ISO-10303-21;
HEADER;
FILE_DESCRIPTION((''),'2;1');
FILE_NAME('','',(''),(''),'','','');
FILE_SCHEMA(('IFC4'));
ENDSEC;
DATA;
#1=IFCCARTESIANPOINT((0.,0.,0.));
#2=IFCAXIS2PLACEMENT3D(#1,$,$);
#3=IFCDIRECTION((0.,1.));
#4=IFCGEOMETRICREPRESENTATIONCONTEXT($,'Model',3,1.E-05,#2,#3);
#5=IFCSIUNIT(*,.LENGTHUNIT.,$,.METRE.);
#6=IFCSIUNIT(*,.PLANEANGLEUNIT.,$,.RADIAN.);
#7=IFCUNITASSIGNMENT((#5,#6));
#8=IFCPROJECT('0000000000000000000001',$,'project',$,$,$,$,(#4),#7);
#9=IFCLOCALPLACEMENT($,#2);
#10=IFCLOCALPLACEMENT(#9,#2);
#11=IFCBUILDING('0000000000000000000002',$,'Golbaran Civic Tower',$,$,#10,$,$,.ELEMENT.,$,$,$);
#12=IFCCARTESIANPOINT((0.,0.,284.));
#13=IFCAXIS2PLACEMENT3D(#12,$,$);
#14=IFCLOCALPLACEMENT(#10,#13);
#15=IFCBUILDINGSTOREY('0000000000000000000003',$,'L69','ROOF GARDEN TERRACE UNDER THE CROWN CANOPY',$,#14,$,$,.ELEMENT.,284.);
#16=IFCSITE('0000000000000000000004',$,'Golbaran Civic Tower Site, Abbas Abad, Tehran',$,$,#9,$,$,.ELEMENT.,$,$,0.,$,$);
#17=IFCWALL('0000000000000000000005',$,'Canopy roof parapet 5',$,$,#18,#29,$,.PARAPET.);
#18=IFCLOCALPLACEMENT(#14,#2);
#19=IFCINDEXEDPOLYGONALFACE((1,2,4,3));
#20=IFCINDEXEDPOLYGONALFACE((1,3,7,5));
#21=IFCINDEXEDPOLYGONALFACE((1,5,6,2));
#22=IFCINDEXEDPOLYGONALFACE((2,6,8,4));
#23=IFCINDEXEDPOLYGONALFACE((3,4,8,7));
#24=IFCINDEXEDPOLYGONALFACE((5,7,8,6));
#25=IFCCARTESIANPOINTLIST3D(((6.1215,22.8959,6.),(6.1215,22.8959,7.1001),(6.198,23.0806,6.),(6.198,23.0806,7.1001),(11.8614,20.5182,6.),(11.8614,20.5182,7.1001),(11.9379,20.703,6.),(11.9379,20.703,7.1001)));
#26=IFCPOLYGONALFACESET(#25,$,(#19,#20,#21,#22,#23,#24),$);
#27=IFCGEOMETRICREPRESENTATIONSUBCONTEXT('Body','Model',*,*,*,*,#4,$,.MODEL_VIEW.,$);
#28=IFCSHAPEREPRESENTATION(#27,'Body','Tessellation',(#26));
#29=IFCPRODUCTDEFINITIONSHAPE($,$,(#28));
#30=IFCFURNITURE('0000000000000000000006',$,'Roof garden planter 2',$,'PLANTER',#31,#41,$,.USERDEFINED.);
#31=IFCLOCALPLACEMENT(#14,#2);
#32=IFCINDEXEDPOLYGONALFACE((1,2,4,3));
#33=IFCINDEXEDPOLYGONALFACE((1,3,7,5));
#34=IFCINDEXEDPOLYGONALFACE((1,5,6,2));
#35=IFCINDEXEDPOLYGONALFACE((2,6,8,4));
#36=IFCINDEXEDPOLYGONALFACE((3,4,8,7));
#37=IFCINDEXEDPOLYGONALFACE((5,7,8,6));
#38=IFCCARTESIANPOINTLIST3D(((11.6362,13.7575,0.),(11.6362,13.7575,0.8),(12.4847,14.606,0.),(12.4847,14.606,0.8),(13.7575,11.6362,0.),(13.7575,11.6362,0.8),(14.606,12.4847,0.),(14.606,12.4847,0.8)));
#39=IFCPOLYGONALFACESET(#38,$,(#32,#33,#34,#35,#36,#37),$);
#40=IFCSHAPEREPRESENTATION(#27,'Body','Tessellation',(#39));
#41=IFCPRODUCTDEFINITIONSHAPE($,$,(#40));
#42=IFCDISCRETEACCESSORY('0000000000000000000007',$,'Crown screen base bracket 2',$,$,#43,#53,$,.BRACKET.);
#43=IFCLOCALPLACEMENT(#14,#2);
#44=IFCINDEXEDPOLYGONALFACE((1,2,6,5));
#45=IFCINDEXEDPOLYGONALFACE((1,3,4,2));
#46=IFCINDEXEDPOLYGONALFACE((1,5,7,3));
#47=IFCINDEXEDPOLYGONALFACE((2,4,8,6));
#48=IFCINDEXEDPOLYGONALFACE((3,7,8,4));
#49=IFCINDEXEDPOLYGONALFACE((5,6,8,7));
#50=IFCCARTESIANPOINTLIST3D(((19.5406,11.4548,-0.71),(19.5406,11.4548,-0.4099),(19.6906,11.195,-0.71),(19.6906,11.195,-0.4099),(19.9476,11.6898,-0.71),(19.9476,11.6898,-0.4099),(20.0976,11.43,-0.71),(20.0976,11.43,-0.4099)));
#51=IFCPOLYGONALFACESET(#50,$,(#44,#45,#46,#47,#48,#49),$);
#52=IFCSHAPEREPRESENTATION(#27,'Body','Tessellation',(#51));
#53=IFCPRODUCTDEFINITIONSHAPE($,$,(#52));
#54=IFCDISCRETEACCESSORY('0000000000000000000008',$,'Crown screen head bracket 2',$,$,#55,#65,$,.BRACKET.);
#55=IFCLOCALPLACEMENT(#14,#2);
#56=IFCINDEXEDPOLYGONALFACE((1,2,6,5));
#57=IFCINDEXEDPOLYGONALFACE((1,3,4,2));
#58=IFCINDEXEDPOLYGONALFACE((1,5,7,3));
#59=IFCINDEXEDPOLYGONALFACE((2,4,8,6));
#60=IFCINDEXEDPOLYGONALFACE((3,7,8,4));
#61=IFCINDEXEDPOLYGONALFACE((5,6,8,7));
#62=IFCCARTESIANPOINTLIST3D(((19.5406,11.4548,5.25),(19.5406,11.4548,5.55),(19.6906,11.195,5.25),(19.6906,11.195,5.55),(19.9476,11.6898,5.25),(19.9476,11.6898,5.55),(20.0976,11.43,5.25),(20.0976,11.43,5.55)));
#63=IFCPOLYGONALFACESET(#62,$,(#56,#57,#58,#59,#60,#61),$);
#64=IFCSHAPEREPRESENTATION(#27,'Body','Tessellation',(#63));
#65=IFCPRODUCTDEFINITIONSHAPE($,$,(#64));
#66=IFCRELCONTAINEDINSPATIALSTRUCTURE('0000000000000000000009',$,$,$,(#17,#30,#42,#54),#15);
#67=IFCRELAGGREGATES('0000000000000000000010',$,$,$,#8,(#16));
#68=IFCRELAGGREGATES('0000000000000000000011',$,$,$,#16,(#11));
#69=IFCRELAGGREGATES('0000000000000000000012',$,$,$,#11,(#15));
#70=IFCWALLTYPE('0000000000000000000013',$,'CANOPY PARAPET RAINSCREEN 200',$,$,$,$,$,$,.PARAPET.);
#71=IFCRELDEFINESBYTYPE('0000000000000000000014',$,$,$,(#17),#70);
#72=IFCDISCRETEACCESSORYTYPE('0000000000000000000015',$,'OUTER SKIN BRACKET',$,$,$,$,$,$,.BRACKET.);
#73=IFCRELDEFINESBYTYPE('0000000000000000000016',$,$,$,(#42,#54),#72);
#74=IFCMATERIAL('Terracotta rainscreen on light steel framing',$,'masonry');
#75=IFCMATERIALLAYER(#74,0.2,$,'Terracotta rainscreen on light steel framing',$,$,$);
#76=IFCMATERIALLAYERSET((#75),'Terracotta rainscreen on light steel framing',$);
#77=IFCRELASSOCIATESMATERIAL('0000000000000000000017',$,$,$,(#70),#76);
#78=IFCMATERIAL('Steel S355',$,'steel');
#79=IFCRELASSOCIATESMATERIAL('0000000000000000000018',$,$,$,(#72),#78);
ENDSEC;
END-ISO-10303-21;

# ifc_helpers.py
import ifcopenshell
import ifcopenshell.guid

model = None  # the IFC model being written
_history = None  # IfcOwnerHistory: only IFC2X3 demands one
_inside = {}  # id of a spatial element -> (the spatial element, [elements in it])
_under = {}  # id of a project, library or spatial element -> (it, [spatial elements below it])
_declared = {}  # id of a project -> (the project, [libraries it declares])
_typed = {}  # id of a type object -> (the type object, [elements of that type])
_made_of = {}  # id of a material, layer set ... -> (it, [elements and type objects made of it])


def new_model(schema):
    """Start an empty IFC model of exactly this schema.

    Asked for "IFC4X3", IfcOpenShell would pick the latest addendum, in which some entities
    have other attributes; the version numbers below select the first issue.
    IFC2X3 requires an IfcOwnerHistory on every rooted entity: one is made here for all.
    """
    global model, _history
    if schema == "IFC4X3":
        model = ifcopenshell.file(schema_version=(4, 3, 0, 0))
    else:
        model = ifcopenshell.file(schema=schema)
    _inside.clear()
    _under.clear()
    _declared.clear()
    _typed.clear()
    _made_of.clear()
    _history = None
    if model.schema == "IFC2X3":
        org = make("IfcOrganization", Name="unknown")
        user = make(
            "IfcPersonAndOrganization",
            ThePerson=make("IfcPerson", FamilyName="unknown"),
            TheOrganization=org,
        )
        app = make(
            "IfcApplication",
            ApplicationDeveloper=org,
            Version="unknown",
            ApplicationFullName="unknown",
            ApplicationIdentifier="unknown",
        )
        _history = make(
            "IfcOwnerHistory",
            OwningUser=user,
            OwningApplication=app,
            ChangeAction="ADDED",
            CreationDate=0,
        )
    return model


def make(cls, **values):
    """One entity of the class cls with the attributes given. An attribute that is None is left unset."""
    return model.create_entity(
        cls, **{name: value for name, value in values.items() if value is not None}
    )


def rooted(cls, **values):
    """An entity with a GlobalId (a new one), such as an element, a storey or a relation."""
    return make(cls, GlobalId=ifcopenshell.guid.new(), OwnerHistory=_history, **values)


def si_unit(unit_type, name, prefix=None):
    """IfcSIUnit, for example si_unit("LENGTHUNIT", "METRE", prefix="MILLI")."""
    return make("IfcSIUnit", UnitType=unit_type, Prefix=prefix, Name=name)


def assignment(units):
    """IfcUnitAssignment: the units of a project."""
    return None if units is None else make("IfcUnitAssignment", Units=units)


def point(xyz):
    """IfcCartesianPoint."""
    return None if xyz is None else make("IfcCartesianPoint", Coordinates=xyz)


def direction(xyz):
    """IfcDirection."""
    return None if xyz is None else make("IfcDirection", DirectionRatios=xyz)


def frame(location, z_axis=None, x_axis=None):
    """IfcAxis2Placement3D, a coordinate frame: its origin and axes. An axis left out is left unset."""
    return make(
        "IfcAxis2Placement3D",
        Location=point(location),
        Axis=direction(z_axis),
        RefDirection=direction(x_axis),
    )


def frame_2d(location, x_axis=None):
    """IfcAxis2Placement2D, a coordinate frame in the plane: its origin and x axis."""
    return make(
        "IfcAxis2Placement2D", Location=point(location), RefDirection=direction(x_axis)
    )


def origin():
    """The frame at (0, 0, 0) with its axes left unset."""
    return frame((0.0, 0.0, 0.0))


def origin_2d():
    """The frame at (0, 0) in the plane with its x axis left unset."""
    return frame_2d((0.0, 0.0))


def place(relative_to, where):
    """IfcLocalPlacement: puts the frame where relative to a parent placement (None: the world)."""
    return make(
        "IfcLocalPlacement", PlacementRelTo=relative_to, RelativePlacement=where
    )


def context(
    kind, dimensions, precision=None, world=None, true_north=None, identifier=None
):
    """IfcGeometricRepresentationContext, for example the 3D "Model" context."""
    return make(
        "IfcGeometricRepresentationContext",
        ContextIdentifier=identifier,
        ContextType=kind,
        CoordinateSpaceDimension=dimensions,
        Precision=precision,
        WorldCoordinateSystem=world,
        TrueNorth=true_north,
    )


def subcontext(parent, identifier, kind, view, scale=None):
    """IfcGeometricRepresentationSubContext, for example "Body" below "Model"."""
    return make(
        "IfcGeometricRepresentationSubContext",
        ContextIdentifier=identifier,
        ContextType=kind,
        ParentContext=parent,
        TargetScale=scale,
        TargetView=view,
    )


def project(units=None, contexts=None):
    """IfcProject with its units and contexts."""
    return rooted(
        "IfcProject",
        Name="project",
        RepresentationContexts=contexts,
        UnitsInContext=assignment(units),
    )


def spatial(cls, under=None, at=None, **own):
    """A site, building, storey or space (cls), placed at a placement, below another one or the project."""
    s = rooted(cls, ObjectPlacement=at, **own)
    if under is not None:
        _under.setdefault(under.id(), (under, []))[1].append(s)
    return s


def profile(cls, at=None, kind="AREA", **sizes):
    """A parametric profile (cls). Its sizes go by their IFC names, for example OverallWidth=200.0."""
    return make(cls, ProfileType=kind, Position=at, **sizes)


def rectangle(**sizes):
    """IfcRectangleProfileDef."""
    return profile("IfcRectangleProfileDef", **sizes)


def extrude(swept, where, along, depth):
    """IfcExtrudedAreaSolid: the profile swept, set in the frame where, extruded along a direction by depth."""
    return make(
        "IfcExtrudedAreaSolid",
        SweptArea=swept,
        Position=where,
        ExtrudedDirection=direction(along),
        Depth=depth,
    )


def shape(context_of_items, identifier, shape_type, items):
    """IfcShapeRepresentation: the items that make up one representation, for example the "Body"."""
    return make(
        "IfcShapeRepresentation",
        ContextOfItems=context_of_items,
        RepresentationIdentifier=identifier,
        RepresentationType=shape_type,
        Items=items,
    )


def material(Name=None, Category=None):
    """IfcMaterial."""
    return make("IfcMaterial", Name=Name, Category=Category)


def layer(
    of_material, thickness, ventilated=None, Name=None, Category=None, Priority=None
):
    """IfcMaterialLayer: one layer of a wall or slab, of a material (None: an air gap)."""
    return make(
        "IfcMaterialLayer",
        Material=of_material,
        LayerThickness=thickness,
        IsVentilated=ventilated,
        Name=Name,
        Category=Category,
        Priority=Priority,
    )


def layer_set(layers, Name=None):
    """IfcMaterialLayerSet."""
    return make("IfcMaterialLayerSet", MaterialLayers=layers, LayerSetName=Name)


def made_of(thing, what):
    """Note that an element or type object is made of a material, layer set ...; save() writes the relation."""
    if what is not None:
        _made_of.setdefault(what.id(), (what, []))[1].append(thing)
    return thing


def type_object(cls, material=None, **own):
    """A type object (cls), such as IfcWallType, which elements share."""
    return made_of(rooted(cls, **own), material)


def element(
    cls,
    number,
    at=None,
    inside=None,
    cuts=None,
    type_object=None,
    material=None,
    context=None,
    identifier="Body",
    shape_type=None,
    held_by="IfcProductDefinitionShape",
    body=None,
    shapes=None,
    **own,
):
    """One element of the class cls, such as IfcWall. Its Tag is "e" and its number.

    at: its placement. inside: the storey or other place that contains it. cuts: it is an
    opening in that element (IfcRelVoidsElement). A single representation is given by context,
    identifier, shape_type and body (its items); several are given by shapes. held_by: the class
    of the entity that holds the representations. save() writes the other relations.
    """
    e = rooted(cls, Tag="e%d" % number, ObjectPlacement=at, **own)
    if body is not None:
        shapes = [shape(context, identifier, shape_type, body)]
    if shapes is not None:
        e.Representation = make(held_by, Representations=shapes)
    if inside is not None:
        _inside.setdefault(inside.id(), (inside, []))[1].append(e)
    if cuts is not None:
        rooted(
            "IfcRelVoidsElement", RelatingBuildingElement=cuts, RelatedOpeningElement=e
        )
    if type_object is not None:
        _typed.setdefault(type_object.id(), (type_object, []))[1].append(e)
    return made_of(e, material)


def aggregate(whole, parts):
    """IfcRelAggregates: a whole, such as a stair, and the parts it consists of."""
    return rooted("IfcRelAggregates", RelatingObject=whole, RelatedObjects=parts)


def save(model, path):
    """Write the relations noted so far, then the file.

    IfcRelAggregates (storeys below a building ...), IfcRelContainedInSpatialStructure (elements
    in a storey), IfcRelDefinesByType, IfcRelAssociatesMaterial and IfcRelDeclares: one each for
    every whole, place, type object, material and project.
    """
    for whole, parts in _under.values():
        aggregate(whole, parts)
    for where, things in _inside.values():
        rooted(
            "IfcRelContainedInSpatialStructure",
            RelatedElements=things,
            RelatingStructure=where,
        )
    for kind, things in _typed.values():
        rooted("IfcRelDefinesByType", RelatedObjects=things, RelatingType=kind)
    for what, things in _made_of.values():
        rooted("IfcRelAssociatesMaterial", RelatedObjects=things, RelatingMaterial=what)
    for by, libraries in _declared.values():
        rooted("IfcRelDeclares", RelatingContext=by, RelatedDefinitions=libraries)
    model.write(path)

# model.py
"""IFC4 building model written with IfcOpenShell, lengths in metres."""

from ifc_helpers import new_model, si_unit, direction, frame, frame_2d, origin, origin_2d, place, context, subcontext, project, spatial, rectangle, extrude, material, layer, layer_set, type_object, element, save


model = new_model("IFC4")

# Units and contexts
model_context = context("Model", 3, precision=1e-05, world=origin(), true_north=direction((0.0, 1.0)))
body_context = subcontext(model_context, "Body", "Model", "MODEL_VIEW")
ifc_project = project(units=[si_unit("LENGTHUNIT", "METRE"), si_unit("PLANEANGLEUNIT", "RADIAN")], contexts=[model_context])

# Site, building, storey
site_placement = place(None, origin())
site = spatial("IfcSite", under=ifc_project, at=site_placement, Name="Golbaran Civic Tower Site, Abbas Abad, Tehran", CompositionType="ELEMENT", RefElevation=0.0)
building_placement = place(site_placement, origin())
building = spatial("IfcBuilding", under=site, at=building_placement, Name="Golbaran Civic Tower", CompositionType="ELEMENT")
storey_placement = place(building_placement, frame((0.0, 0.0, 284.0)))
storey = spatial("IfcBuildingStorey", under=building, at=storey_placement, Name="L69", Description="ROOF GARDEN TERRACE UNDER THE CROWN CANOPY", CompositionType="ELEMENT", Elevation=284.0)

# Shared definitions
ifc_material_1 = material(Name="Steel S355", Category="steel")

# Wall
ifc_material_2 = material(Name="Terracotta rainscreen on light steel framing", Category="masonry")
ifc_layer_1 = layer(ifc_material_2, 0.2, Name="Terracotta rainscreen on light steel framing")
ifc_layer_set_1 = layer_set([ifc_layer_1], Name="Terracotta rainscreen on light steel framing")
wall_type = type_object("IfcWallType", Name="CANOPY PARAPET RAINSCREEN 200", PredefinedType="PARAPET", material=ifc_layer_set_1)
wall_placement = place(storey_placement, frame((11.8997, 20.6106, 6.0), z_axis=(0.0, 0.0, 1.0), x_axis=(-0.923874, 0.382698, 0.0)))
element("IfcWall", 1, at=wall_placement, inside=storey, type_object=wall_type, Name="Canopy roof parapet 5", PredefinedType="PARAPET", context=body_context, shape_type="SweptSolid", body=[
    extrude(rectangle(XDim=6.2129, YDim=0.2, at=frame_2d((3.1064, 0.0))), origin(), (0.0, 0.0, 1.0), 1.1001),
])

# Furniture
furniture_placement = place(storey_placement, frame((13.1211, 13.1211, 0.0), z_axis=(0.0, 0.0, 1.0), x_axis=(-0.707107, 0.707107, 0.0)))
element("IfcFurniture", 2, at=furniture_placement, inside=storey, Name="Roof garden planter 2", ObjectType="PLANTER", PredefinedType="USERDEFINED", context=body_context, shape_type="SweptSolid", body=[
    extrude(rectangle(XDim=3.0, YDim=1.2, at=origin_2d()), origin(), (0.0, 0.0, 1.0), 0.8),
])

# Discrete accessories
discrete_accessory_type = type_object("IfcDiscreteAccessoryType", Name="OUTER SKIN BRACKET", PredefinedType="BRACKET", material=ifc_material_1)
for number, where, z_axis, x_axis, name in (
    (3, (19.8191, 11.4424, -0.71), (0.0, 0.0, 1.0), (0.866025, 0.5, 0.0), "Crown screen base bracket 2"),
    (4, (19.8191, 11.4424, 5.25), (0.0, 0.0, 1.0), (0.866025, 0.5, 0.0), "Crown screen head bracket 2"),
):
    element("IfcDiscreteAccessory", number, at=place(storey_placement, frame(where, z_axis=z_axis, x_axis=x_axis)), inside=storey, type_object=discrete_accessory_type, Name=name, PredefinedType="BRACKET", context=body_context, shape_type="SweptSolid", body=[
        extrude(rectangle(XDim=0.47, YDim=0.3, at=origin_2d()), origin(), (0.0, 0.0, 1.0), 0.3),
    ])

save(model, "model.ifc")
